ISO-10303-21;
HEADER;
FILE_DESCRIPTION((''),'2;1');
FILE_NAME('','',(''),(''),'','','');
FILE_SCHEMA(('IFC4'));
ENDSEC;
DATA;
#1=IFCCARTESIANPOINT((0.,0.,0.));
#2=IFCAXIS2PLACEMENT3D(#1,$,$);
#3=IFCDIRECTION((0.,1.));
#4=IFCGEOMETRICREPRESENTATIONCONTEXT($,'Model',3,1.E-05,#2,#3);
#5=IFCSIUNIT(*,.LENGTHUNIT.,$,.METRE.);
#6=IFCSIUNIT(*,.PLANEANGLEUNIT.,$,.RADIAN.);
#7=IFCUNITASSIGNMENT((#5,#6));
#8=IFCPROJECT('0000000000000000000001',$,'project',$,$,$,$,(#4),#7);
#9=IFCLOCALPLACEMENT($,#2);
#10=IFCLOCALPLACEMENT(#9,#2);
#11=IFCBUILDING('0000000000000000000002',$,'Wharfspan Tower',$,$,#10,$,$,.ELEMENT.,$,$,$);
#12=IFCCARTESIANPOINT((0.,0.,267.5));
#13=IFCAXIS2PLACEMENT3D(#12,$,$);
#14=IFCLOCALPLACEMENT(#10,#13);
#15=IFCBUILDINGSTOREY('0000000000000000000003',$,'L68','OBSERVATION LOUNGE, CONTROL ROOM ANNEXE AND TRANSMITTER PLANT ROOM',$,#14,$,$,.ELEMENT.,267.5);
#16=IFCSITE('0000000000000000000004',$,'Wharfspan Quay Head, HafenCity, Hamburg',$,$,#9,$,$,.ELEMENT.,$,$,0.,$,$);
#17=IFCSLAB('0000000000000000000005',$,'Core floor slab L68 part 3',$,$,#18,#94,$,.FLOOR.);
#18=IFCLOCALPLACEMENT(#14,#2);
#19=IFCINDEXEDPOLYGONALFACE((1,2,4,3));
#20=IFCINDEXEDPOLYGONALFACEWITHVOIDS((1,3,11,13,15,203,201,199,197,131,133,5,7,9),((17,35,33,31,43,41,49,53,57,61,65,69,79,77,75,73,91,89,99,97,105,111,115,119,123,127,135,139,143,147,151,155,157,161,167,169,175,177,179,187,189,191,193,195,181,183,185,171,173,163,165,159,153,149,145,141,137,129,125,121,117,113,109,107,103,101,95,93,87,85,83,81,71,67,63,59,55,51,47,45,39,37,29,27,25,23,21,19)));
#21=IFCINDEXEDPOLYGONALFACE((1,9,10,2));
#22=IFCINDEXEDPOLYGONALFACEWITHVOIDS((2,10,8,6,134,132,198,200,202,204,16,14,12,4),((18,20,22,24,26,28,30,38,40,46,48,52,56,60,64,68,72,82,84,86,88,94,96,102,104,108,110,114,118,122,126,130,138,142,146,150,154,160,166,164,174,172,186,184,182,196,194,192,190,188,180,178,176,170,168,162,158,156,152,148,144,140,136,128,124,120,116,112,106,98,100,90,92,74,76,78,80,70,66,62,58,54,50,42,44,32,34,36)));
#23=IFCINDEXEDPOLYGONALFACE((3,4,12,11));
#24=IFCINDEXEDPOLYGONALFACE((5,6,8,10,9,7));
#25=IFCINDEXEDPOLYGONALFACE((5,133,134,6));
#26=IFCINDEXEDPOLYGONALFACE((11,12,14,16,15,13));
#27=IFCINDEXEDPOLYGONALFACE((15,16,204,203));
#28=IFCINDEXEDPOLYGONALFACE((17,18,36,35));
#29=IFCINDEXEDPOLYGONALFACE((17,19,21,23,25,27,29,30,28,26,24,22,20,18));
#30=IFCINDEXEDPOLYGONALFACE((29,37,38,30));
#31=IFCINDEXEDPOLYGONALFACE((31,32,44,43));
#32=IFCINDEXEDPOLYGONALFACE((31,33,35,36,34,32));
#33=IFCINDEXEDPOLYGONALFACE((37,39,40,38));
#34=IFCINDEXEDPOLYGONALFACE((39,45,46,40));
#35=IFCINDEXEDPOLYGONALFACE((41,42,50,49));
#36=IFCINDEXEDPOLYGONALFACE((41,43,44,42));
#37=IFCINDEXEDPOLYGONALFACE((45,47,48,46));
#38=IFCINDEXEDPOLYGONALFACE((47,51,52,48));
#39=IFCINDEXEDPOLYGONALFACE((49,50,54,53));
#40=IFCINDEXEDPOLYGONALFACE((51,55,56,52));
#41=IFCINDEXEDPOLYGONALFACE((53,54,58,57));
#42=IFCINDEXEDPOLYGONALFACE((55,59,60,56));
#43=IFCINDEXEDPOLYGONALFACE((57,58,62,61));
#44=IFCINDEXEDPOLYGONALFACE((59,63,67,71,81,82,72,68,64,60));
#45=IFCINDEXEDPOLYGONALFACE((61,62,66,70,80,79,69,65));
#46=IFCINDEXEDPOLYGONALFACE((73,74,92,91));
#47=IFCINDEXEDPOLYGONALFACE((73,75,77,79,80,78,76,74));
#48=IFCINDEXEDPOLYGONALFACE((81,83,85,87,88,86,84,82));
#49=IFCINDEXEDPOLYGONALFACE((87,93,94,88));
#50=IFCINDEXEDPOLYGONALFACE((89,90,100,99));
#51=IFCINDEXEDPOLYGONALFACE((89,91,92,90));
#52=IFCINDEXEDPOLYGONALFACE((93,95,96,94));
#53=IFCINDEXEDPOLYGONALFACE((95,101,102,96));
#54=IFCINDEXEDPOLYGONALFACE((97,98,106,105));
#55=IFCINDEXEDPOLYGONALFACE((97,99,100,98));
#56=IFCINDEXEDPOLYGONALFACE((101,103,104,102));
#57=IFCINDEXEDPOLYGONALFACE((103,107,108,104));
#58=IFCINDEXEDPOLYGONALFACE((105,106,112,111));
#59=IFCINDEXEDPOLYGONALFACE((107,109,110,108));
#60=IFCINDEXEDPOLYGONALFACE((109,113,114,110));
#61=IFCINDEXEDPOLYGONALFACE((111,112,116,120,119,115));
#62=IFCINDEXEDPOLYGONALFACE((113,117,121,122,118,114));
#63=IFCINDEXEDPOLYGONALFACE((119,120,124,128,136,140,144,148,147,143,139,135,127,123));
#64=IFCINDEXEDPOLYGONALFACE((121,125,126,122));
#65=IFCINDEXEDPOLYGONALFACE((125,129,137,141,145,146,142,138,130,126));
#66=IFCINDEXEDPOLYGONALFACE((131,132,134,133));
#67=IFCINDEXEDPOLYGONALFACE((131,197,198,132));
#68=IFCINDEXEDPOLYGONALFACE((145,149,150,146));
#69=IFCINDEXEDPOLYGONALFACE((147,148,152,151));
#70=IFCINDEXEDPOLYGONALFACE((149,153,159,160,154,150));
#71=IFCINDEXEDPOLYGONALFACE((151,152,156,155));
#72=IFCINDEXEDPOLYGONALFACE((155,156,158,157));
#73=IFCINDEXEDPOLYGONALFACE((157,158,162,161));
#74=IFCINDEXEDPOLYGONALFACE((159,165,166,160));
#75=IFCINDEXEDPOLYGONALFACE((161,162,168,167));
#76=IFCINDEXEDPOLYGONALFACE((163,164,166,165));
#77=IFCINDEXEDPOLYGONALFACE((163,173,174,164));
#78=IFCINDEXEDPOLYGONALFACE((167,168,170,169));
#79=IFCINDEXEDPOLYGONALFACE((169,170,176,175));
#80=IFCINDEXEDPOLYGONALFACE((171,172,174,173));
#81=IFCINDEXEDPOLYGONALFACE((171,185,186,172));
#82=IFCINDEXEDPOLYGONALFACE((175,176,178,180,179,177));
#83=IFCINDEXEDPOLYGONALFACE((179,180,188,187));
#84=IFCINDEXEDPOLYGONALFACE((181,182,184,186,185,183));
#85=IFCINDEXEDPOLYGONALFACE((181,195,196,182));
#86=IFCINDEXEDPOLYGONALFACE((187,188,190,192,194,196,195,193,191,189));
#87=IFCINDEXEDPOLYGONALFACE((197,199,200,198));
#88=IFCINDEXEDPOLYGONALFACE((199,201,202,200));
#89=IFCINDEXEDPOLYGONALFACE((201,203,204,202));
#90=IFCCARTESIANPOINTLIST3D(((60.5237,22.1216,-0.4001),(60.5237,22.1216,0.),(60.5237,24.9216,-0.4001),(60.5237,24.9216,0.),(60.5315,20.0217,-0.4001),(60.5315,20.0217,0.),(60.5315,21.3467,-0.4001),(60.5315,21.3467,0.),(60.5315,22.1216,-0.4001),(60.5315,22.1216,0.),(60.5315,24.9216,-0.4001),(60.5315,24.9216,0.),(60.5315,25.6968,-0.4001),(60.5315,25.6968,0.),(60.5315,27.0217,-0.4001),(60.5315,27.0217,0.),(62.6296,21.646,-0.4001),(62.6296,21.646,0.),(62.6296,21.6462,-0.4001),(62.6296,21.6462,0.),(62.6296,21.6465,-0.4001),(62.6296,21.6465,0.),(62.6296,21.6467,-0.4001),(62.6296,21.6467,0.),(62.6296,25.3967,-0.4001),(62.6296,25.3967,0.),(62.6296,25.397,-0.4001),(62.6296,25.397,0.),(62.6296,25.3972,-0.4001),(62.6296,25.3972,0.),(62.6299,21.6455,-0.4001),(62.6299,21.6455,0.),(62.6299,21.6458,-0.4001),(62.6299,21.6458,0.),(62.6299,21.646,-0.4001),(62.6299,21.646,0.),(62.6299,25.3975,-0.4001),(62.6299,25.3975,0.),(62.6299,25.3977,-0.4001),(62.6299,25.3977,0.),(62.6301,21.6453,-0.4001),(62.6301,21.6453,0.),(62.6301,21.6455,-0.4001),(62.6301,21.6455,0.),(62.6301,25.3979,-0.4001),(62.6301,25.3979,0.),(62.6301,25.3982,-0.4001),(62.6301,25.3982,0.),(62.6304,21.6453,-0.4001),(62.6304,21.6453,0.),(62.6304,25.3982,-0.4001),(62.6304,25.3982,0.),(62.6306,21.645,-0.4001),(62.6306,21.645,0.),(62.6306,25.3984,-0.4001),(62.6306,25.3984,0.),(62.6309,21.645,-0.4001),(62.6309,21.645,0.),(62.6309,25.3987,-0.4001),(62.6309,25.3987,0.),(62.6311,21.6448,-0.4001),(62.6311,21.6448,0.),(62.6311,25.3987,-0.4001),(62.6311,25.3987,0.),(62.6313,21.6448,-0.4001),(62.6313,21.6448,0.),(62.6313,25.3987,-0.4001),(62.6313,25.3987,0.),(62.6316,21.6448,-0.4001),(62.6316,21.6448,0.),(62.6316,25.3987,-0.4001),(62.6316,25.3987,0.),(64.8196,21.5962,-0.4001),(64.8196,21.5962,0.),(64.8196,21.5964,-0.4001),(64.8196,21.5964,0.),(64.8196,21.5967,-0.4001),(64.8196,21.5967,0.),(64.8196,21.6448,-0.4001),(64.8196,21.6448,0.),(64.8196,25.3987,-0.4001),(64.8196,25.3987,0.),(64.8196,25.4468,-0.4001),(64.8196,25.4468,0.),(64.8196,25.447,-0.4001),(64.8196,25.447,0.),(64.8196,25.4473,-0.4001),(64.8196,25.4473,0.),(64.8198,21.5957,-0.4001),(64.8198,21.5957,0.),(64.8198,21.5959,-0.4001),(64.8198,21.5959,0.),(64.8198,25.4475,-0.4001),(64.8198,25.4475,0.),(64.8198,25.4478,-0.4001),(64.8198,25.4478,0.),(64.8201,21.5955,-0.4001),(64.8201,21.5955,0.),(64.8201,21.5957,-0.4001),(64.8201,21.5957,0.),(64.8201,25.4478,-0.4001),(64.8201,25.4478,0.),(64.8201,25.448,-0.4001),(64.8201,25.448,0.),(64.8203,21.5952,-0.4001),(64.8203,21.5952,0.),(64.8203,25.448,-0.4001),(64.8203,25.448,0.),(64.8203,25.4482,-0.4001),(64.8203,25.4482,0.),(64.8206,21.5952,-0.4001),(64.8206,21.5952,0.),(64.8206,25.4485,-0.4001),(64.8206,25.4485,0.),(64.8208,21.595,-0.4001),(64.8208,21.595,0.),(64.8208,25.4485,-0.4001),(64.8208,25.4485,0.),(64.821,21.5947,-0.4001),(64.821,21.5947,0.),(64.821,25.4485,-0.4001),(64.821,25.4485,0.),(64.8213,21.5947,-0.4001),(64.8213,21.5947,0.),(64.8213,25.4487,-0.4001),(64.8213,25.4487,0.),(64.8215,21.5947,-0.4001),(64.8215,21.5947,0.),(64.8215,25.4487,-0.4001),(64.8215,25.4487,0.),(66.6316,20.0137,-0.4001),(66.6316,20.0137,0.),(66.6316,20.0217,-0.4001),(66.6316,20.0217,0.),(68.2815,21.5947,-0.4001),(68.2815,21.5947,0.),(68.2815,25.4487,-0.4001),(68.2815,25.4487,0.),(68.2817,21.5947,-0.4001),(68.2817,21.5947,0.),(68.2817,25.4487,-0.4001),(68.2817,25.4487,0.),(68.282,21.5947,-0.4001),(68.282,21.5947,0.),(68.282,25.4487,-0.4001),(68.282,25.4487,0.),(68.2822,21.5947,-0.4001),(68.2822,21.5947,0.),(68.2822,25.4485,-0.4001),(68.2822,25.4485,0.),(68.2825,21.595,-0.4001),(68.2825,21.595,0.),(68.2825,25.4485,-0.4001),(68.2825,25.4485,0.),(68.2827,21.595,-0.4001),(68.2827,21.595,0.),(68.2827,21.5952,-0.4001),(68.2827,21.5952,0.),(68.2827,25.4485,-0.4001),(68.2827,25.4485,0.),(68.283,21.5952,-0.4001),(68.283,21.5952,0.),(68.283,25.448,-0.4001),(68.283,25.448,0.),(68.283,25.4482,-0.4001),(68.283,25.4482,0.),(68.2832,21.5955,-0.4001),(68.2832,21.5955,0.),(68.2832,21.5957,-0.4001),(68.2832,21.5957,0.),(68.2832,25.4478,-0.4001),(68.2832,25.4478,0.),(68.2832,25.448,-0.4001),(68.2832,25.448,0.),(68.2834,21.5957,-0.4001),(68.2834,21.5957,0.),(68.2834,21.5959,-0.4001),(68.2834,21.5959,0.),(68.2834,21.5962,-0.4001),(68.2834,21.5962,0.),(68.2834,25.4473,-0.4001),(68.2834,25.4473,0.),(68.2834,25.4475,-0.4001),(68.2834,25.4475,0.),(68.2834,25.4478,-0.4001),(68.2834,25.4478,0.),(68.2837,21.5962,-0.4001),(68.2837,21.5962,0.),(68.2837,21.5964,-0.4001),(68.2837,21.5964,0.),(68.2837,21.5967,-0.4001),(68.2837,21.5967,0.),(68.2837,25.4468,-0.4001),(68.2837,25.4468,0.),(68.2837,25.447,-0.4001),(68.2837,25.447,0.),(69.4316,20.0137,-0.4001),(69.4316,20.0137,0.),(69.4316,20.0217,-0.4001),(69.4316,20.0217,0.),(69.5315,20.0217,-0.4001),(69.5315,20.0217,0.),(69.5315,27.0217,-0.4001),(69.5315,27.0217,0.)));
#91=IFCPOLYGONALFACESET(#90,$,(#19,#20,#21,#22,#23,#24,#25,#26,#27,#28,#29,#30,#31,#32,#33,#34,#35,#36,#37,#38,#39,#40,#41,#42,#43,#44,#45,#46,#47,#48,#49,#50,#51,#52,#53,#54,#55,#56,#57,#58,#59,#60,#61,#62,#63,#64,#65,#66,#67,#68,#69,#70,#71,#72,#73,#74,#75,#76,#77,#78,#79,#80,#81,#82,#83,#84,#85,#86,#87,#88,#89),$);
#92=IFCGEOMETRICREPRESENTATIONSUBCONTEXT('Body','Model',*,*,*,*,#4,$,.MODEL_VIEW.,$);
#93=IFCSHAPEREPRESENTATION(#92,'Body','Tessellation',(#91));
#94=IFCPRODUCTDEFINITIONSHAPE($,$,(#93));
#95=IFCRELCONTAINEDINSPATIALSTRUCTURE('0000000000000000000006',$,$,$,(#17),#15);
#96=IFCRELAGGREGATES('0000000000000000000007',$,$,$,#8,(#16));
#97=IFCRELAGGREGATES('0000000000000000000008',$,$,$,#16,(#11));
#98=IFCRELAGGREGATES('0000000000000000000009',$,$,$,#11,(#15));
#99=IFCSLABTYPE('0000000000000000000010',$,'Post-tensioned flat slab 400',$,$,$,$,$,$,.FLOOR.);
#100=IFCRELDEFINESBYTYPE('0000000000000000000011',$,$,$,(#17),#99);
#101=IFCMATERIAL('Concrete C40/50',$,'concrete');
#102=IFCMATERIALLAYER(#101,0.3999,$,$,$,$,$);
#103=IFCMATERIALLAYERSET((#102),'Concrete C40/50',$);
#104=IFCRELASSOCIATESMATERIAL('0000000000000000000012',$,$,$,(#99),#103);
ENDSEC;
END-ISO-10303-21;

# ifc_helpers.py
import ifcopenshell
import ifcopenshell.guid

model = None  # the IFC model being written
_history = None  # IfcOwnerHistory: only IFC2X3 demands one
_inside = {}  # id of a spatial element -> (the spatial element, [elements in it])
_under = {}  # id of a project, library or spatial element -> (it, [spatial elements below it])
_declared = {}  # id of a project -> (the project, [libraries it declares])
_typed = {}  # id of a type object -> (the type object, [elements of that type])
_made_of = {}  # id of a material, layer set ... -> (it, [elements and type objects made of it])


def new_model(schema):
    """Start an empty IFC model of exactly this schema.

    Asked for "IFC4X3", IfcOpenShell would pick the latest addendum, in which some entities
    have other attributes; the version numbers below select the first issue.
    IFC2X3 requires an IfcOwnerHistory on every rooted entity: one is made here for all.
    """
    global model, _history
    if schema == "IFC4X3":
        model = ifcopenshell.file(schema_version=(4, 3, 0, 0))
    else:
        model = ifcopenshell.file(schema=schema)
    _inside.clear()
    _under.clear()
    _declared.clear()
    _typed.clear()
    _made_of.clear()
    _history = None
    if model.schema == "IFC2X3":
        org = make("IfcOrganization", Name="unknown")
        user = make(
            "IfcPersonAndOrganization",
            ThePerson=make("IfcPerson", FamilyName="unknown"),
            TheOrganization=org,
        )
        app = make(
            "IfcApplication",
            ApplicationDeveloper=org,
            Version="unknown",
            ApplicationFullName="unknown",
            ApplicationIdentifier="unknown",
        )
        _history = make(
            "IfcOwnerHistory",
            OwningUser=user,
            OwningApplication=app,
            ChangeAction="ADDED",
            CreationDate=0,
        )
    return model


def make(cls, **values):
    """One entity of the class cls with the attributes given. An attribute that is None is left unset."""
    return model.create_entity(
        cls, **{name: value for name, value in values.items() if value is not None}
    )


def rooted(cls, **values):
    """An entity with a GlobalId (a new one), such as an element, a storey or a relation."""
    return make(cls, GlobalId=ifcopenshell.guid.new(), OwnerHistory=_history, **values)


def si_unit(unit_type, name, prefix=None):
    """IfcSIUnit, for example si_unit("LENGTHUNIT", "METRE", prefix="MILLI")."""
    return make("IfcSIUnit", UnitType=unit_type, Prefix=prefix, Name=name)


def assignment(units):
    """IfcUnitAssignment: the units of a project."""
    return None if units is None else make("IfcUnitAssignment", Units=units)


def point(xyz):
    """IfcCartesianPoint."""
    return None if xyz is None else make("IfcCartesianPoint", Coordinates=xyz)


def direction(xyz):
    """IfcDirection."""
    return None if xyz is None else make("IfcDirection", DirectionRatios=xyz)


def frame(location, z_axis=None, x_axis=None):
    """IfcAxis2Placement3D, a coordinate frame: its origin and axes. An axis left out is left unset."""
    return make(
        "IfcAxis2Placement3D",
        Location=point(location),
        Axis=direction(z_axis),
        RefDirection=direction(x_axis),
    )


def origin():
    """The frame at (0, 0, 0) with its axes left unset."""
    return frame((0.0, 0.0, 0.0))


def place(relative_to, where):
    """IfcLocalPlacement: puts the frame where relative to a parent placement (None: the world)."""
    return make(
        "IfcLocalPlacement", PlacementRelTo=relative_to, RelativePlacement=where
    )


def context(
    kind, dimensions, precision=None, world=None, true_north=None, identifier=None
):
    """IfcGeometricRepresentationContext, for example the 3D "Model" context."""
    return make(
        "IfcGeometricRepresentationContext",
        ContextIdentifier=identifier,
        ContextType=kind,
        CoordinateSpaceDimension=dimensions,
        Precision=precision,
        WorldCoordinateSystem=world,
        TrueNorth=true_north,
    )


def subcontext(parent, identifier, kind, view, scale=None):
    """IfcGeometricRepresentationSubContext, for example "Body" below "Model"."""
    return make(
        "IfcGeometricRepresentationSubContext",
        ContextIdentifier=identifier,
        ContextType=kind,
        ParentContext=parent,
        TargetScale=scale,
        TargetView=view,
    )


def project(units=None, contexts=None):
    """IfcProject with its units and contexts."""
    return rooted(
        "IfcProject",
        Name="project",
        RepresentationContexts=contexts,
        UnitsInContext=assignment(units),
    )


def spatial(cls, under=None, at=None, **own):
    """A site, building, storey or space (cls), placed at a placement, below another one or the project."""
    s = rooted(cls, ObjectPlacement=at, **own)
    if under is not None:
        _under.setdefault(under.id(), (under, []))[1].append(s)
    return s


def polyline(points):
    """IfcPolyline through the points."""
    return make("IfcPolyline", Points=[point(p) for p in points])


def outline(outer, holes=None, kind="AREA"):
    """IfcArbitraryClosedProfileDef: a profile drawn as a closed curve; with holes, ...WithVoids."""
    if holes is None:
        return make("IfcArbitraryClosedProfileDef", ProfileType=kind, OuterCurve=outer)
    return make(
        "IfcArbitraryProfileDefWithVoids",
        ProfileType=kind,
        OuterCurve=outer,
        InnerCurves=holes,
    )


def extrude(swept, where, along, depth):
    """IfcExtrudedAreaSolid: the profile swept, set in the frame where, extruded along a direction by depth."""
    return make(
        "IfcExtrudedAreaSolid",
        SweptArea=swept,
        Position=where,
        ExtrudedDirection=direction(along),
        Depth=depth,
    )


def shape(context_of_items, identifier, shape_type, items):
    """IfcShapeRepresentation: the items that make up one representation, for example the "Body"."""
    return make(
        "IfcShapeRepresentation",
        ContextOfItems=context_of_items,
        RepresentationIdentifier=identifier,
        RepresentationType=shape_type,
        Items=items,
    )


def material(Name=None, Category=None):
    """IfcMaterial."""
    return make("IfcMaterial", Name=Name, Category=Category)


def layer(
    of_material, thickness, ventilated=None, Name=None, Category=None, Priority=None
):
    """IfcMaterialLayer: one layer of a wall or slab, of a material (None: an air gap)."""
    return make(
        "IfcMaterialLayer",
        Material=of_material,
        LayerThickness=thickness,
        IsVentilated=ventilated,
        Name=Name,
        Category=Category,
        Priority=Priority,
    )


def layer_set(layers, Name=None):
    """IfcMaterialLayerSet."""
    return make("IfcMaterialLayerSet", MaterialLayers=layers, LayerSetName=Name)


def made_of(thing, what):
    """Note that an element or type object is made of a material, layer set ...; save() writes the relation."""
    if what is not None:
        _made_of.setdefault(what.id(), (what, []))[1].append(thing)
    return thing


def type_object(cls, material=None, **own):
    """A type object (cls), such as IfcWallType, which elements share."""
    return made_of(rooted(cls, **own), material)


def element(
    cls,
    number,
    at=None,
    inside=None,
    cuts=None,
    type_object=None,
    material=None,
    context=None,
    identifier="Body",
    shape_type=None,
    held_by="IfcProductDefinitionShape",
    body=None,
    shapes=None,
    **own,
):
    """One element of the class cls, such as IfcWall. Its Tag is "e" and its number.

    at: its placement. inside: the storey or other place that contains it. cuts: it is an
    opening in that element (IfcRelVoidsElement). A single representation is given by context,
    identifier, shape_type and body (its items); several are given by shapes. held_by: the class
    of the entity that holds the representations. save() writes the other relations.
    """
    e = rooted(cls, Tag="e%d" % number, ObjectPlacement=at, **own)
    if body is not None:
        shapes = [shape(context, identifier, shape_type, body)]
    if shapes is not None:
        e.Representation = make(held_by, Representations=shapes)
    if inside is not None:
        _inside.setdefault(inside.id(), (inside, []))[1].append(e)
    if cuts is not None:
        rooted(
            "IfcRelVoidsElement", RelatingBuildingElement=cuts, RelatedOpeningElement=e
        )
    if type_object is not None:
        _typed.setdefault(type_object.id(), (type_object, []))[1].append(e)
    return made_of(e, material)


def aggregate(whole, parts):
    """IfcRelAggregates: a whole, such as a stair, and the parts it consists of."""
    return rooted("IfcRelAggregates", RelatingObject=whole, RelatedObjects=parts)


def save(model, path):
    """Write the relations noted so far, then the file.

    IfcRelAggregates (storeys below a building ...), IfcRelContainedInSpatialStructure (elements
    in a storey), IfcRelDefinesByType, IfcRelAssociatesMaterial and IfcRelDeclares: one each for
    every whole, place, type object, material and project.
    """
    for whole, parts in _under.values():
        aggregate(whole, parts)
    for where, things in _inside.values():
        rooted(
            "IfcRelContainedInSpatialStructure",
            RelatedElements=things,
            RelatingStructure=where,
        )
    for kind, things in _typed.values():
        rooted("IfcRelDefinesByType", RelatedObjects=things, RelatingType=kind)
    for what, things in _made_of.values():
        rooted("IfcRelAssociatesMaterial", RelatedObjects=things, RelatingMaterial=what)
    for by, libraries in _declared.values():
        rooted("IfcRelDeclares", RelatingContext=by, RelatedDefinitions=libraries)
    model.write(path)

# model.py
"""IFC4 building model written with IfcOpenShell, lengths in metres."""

from ifc_helpers import new_model, si_unit, direction, frame, origin, place, context, subcontext, project, spatial, polyline, outline, extrude, material, layer, layer_set, type_object, element, save


model = new_model("IFC4")

# Units and contexts
model_context = context("Model", 3, precision=1e-05, world=origin(), true_north=direction((0.0, 1.0)))
body_context = subcontext(model_context, "Body", "Model", "MODEL_VIEW")
ifc_project = project(units=[si_unit("LENGTHUNIT", "METRE"), si_unit("PLANEANGLEUNIT", "RADIAN")], contexts=[model_context])

# Site, building, storey
site_placement = place(None, origin())
site = spatial("IfcSite", under=ifc_project, at=site_placement, Name="Wharfspan Quay Head, HafenCity, Hamburg", CompositionType="ELEMENT", RefElevation=0.0)
building_placement = place(site_placement, origin())
building = spatial("IfcBuilding", under=site, at=building_placement, Name="Wharfspan Tower", CompositionType="ELEMENT")
storey_placement = place(building_placement, frame((0.0, 0.0, 267.5)))
storey = spatial("IfcBuildingStorey", under=building, at=storey_placement, Name="L68", Description="OBSERVATION LOUNGE, CONTROL ROOM ANNEXE AND TRANSMITTER PLANT ROOM", CompositionType="ELEMENT", Elevation=267.5)

# Slab
ifc_material_1 = material(Name="Concrete C40/50", Category="concrete")
ifc_layer_1 = layer(ifc_material_1, 0.3999)
ifc_layer_set_1 = layer_set([ifc_layer_1], Name="Concrete C40/50")
slab_type_1 = type_object("IfcSlabType", Name="Post-tensioned flat slab 400", PredefinedType="FLOOR", material=ifc_layer_set_1)
slab_1_placement = place(storey_placement, frame((0.0, 0.0, -0.4001)))
element("IfcSlab", 1, at=slab_1_placement, inside=storey, type_object=slab_type_1, Name="Core floor slab L68 part 3", PredefinedType="FLOOR", context=body_context, shape_type="SweptSolid", body=[
    extrude(outline(polyline([(66.6316, 20.0137), (69.4316, 20.0137), (69.4316, 20.0217), (69.5315, 20.0217), (69.5315, 27.0217), (60.5315, 27.0217), (60.5315, 25.6968), (60.5315, 24.9216), (60.5237, 24.9216), (60.5237, 22.1216), (60.5315, 22.1216), (60.5315, 21.3467), (60.5315, 20.0217), (66.6316, 20.0217), (66.6316, 20.0137)]), holes=[polyline([(64.8196, 25.4468), (64.8196, 25.447), (64.8196, 25.447), (64.8196, 25.4473), (64.8198, 25.4475), (64.8198, 25.4478), (64.8201, 25.4478), (64.8201, 25.448), (64.8203, 25.448), (64.8203, 25.4482), (64.8206, 25.4485), (64.8208, 25.4485), (64.8208, 25.4485), (64.821, 25.4485), (64.8213, 25.4487), (64.8213, 25.4487), (64.8215, 25.4487), (68.2815, 25.4487), (68.2817, 25.4487), (68.282, 25.4487), (68.2822, 25.4485), (68.2825, 25.4485), (68.2827, 25.4485), (68.2827, 25.4485), (68.283, 25.4482), (68.283, 25.448), (68.2832, 25.448), (68.2832, 25.4478), (68.2834, 25.4478), (68.2834, 25.4475), (68.2834, 25.4473), (68.2837, 25.447), (68.2837, 25.447), (68.2837, 25.4468), (68.2837, 21.5967), (68.2837, 21.5964), (68.2837, 21.5962), (68.2834, 21.5962), (68.2834, 21.5959), (68.2834, 21.5957), (68.2832, 21.5957), (68.2832, 21.5955), (68.283, 21.5952), (68.283, 21.5952), (68.2827, 21.5952), (68.2827, 21.595), (68.2825, 21.595), (68.2822, 21.5947), (68.282, 21.5947), (68.2817, 21.5947), (68.2815, 21.5947), (64.8215, 21.5947), (64.8213, 21.5947), (64.8213, 21.5947), (64.821, 21.5947), (64.8208, 21.595), (64.8208, 21.595), (64.8206, 21.5952), (64.8203, 21.5952), (64.8203, 21.5952), (64.8201, 21.5955), (64.8201, 21.5957), (64.8198, 21.5957), (64.8198, 21.5959), (64.8196, 21.5962), (64.8196, 21.5962), (64.8196, 21.5964), (64.8196, 21.5967), (64.8196, 21.6448), (62.6316, 21.6448), (62.6313, 21.6448), (62.6311, 21.6448), (62.6311, 21.6448), (62.6309, 21.645), (62.6306, 21.645), (62.6306, 21.645), (62.6304, 21.6453), (62.6301, 21.6453), (62.6301, 21.6455), (62.6299, 21.6455), (62.6299, 21.6458), (62.6299, 21.646), (62.6296, 21.646), (62.6296, 21.6462), (62.6296, 21.6465), (62.6296, 21.6467), (62.6296, 25.3967), (62.6296, 25.397), (62.6296, 25.3972), (62.6296, 25.3972), (62.6299, 25.3975), (62.6299, 25.3977), (62.6299, 25.3977), (62.6301, 25.3979), (62.6301, 25.3982), (62.6304, 25.3982), (62.6306, 25.3984), (62.6306, 25.3984), (62.6309, 25.3987), (62.6311, 25.3987), (62.6311, 25.3987), (62.6313, 25.3987), (62.6316, 25.3987), (64.8196, 25.3987), (64.8196, 25.4468)])]), origin(), (0.0, 0.0, 1.0), 0.4001),
])

save(model, "model.ifc")
